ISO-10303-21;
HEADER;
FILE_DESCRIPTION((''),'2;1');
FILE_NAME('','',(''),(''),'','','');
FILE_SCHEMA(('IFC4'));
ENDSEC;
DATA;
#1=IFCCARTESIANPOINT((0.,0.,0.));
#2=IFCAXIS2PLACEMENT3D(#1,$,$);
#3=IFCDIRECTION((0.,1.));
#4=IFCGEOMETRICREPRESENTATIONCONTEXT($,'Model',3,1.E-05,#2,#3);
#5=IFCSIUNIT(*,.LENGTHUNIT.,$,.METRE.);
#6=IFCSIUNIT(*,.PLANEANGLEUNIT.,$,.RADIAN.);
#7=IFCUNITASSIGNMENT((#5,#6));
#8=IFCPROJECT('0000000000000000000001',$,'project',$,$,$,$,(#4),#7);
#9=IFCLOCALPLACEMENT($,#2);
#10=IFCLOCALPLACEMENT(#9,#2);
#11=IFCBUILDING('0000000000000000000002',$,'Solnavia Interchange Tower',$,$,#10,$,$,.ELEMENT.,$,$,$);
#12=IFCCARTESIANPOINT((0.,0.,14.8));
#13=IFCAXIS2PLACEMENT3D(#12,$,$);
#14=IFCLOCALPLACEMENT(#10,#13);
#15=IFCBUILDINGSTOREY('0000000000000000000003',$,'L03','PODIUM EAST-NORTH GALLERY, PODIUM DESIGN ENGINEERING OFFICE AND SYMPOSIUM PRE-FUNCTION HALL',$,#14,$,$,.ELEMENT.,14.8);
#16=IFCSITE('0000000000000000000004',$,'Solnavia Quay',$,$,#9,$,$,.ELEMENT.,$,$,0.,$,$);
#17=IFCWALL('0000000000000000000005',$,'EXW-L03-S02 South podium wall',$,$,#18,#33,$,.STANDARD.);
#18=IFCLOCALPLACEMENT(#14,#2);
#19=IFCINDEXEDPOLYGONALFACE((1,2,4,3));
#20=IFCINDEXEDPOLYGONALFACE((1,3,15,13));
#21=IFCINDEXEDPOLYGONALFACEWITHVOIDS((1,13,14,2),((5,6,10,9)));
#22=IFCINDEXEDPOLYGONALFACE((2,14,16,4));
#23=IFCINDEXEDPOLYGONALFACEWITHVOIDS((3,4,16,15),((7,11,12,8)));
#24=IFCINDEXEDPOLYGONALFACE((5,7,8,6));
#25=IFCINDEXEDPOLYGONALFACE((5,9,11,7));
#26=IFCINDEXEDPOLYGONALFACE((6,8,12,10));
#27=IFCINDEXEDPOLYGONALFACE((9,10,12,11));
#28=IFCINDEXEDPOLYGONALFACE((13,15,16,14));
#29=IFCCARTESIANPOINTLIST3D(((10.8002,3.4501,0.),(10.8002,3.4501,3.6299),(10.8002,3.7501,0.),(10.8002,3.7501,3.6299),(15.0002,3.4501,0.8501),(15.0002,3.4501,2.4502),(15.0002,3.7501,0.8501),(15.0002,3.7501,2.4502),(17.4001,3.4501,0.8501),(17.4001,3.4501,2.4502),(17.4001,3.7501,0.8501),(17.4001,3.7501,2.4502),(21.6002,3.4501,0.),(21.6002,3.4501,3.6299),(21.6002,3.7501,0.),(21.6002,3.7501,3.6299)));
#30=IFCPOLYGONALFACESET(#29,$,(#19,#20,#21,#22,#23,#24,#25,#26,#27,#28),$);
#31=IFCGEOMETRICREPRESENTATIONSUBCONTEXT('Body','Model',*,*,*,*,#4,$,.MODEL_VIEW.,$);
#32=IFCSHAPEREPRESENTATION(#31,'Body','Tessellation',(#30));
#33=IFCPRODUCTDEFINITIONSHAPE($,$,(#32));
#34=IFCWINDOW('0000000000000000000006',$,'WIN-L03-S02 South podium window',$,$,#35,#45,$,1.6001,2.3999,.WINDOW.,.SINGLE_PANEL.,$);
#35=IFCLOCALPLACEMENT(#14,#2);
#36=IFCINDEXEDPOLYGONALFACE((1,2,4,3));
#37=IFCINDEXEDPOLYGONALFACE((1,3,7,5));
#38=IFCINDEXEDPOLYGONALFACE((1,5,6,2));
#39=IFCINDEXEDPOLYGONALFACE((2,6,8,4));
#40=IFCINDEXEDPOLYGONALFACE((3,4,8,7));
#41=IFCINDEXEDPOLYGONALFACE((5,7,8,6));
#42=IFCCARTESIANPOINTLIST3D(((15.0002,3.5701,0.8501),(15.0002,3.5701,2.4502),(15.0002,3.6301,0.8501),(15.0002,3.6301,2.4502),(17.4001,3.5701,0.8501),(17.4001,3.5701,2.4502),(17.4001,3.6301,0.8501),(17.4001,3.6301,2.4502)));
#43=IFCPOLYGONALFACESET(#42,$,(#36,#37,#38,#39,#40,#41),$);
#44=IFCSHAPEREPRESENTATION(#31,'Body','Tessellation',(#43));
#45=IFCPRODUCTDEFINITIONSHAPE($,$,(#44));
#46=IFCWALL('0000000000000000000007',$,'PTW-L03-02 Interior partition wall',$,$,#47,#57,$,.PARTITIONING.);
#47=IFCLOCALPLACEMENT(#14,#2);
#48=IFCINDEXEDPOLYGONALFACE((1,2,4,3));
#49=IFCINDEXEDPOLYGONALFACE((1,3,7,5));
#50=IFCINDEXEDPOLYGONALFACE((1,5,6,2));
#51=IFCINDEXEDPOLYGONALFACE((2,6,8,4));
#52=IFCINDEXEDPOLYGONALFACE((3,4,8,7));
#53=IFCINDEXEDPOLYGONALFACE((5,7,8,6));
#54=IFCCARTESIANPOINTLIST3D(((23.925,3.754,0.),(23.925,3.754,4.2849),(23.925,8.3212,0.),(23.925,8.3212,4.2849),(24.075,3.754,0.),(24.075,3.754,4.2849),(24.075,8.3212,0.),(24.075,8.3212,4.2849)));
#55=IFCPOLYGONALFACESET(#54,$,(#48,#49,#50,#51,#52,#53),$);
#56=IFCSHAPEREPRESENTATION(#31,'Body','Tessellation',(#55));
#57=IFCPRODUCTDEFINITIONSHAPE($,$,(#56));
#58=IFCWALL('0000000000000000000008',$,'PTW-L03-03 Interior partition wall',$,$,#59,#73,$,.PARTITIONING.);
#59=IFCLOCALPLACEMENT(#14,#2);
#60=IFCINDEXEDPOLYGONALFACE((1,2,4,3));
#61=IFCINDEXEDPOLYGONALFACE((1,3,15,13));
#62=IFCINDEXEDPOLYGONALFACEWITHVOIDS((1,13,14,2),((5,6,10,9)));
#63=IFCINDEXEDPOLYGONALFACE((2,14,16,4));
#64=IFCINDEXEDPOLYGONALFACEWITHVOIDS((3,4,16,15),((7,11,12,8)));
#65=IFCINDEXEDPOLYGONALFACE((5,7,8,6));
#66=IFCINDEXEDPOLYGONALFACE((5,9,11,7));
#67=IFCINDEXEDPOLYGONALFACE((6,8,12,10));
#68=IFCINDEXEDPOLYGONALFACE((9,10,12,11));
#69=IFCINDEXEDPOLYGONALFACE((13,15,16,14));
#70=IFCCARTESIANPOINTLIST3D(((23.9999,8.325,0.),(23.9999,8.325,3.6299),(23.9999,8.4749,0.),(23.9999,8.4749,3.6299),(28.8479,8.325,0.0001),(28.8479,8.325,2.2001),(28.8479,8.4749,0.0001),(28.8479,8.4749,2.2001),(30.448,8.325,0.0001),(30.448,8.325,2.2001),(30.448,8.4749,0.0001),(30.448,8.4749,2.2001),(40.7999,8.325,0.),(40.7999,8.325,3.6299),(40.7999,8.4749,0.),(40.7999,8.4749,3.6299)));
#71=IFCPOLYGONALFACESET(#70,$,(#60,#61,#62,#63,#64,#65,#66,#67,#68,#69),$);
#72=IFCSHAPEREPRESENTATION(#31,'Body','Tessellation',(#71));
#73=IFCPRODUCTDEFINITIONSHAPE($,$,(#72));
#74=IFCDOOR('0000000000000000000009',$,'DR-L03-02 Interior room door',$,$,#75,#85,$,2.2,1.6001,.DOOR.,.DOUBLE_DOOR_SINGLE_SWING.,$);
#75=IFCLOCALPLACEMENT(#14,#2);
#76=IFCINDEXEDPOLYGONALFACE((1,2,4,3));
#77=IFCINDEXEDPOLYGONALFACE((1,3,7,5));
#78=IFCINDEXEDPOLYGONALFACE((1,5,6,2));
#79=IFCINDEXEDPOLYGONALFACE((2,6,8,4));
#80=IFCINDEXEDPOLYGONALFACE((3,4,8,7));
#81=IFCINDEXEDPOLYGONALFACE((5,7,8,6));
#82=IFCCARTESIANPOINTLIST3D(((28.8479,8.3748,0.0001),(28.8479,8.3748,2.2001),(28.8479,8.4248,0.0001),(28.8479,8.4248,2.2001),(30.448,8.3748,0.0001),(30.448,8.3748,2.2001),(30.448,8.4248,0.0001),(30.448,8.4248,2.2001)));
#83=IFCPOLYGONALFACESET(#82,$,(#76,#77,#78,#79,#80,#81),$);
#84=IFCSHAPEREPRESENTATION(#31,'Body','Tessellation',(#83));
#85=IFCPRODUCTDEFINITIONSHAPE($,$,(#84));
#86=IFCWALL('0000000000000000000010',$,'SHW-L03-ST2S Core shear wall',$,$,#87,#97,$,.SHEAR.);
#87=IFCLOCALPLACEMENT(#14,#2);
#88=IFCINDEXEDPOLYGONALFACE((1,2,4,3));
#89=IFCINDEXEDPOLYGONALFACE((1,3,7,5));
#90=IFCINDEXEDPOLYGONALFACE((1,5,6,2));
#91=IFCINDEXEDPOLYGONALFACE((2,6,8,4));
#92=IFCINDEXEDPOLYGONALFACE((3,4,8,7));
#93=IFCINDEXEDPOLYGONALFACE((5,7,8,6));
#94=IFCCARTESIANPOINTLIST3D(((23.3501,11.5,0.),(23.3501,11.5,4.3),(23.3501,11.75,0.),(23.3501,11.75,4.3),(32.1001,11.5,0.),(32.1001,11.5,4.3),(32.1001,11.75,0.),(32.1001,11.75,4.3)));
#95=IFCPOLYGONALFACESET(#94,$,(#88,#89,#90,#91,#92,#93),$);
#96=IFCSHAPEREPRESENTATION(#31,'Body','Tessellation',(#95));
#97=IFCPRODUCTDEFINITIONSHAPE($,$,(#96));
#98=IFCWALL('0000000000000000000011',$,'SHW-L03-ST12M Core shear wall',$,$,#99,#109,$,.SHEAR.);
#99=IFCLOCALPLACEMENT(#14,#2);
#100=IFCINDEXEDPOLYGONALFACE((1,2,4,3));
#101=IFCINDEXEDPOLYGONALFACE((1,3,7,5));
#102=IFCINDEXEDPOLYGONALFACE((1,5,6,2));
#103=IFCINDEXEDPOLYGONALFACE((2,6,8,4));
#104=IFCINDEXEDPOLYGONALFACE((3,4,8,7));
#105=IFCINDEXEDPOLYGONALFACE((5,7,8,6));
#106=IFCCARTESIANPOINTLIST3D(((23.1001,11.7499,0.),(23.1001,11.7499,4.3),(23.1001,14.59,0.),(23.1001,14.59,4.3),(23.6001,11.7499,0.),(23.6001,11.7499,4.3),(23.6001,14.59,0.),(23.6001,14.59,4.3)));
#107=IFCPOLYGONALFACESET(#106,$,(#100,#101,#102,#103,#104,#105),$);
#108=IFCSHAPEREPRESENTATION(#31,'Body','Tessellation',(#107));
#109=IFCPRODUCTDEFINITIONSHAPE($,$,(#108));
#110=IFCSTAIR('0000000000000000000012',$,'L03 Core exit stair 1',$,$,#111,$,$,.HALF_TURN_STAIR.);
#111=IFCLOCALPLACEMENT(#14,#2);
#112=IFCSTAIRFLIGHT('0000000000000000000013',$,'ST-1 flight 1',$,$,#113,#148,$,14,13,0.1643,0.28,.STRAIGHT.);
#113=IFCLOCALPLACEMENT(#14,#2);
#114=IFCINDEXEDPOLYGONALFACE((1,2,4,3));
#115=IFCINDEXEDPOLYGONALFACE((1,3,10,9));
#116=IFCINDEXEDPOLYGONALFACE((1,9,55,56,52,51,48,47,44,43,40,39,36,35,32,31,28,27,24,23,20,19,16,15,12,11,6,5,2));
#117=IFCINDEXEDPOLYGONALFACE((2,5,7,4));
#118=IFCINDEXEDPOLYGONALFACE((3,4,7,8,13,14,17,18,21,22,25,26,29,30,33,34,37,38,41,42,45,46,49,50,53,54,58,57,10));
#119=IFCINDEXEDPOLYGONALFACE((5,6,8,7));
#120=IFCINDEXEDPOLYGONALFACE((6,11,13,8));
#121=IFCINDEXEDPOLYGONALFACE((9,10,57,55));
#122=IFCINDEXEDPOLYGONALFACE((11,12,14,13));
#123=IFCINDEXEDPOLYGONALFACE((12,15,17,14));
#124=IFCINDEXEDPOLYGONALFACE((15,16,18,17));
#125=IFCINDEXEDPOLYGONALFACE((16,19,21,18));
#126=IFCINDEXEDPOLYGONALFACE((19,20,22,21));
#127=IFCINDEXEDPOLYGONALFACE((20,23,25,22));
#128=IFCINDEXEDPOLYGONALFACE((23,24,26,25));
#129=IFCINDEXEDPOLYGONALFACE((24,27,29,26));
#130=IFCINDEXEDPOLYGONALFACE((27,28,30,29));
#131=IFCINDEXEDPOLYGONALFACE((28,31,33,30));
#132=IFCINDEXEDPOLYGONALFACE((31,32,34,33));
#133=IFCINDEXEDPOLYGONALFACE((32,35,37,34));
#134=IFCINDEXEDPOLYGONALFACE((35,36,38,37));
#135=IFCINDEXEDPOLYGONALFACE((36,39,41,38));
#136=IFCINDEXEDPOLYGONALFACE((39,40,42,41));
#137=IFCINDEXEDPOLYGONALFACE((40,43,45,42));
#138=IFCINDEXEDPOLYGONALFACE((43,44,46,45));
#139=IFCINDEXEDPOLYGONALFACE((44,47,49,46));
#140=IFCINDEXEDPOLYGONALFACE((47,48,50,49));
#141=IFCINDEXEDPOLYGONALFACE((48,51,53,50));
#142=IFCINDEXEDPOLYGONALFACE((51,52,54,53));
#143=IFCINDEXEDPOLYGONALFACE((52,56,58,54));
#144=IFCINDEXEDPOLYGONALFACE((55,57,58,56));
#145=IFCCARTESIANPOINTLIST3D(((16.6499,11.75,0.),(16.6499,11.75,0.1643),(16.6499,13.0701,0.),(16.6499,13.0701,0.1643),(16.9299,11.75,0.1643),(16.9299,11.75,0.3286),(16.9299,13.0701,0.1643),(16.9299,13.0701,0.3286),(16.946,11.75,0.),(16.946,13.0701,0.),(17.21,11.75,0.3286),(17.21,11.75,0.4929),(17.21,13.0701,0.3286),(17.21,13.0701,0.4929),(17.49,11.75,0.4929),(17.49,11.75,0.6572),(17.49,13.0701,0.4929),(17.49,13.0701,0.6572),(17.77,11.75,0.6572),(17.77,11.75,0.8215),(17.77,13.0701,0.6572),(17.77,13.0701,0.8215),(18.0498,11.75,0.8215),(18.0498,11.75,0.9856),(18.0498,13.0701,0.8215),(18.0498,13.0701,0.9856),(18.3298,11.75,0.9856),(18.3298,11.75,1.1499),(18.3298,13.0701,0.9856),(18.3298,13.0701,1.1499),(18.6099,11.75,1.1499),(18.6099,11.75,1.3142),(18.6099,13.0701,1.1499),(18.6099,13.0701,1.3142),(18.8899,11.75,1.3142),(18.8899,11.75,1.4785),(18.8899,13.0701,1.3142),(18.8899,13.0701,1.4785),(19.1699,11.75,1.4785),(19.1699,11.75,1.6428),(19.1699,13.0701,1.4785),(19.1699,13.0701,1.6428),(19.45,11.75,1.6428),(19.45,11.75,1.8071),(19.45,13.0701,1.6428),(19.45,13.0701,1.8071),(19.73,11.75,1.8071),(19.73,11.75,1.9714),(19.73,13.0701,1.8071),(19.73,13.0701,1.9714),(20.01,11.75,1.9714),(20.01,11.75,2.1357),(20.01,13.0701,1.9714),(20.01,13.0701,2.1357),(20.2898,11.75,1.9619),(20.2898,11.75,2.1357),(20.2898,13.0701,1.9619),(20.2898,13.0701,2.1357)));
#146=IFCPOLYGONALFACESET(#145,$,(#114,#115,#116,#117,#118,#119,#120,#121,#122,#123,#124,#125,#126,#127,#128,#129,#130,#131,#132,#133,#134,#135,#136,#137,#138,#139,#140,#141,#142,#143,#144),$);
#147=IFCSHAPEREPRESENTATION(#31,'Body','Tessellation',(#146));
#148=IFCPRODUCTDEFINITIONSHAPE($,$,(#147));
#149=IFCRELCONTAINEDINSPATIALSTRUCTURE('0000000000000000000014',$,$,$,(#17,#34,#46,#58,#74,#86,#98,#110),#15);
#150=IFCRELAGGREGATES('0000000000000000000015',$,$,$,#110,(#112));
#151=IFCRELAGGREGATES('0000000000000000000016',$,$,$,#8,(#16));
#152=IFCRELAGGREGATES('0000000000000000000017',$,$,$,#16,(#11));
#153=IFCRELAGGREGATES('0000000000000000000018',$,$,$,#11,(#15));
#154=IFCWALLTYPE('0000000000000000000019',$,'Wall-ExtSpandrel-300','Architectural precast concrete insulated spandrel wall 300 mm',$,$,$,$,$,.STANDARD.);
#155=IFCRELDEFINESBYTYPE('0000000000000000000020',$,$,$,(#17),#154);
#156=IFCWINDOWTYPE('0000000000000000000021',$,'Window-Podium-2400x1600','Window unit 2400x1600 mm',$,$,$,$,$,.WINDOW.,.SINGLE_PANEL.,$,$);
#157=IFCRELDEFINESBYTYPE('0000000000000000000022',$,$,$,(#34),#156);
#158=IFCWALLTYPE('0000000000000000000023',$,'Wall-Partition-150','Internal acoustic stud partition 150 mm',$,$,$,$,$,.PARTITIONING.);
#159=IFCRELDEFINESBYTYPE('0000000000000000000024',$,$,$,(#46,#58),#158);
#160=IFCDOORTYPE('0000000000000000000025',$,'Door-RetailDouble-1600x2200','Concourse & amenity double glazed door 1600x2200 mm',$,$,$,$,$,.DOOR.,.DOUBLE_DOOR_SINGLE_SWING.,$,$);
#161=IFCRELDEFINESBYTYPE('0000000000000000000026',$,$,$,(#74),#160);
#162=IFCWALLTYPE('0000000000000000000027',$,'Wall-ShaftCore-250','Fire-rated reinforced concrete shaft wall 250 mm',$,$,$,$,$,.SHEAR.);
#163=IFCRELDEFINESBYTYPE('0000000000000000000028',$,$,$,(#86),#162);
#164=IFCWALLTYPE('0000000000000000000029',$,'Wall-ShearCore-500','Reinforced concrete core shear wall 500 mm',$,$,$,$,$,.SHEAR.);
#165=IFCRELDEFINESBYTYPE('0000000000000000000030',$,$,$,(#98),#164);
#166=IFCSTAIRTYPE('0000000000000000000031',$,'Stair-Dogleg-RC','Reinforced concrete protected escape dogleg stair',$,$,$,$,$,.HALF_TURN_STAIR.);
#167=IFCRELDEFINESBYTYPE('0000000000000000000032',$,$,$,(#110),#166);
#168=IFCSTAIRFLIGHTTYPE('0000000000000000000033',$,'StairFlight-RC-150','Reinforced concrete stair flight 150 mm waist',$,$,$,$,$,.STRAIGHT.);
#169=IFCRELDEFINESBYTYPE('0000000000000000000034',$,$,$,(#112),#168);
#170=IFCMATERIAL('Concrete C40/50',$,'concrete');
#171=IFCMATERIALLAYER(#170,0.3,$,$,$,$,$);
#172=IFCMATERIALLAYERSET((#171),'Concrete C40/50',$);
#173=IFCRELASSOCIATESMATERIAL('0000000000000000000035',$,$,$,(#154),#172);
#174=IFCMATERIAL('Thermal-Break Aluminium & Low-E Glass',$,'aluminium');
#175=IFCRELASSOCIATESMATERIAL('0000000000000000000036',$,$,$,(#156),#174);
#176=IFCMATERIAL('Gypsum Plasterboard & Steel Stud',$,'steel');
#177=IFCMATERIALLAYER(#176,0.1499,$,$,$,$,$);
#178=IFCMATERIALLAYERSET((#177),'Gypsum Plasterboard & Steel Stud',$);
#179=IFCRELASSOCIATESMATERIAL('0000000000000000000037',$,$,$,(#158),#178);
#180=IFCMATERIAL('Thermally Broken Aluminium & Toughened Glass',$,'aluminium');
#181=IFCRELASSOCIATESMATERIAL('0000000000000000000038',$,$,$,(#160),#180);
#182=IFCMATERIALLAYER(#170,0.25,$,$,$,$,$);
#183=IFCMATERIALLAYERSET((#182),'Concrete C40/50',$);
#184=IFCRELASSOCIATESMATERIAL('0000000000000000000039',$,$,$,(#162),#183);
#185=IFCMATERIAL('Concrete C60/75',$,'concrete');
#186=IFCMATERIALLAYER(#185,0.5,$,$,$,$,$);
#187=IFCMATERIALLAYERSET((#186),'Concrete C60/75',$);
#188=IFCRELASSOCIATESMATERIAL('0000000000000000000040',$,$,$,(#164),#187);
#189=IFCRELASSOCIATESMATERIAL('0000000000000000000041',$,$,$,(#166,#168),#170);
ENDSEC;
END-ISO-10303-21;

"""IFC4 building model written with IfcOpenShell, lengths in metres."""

from ifc_helpers import new_model, si_unit, direction, frame, frame_2d, origin, place, context, subcontext, project, spatial, polyline, rectangle, outline, extrude, material, layer, layer_set, type_object, element, fill, aggregate, save


model = new_model("IFC4")

# Units and contexts
model_context = context("Model", 3, precision=1e-05, world=origin(), true_north=direction((0.0, 1.0)))
body_context = subcontext(model_context, "Body", "Model", "MODEL_VIEW")
ifc_project = project(units=[si_unit("LENGTHUNIT", "METRE"), si_unit("PLANEANGLEUNIT", "RADIAN")], contexts=[model_context])

# Site, building, storey
site_placement = place(None, origin())
site = spatial("IfcSite", under=ifc_project, at=site_placement, Name="Solnavia Quay", CompositionType="ELEMENT", RefElevation=0.0)
building_placement = place(site_placement, origin())
building = spatial("IfcBuilding", under=site, at=building_placement, Name="Solnavia Interchange Tower", CompositionType="ELEMENT")
storey_placement = place(building_placement, frame((0.0, 0.0, 14.8)))
storey = spatial("IfcBuildingStorey", under=building, at=storey_placement, Name="L03", Description="PODIUM EAST-NORTH GALLERY, PODIUM DESIGN ENGINEERING OFFICE AND SYMPOSIUM PRE-FUNCTION HALL", CompositionType="ELEMENT", Elevation=14.8)

# Shared definitions
ifc_material_1 = material(Name="Concrete C60/75", Category="concrete")

# Wall, opening, window
ifc_material_2 = material(Name="Concrete C40/50", Category="concrete")
ifc_layer_1 = layer(ifc_material_2, 0.3)
ifc_layer_set_1 = layer_set([ifc_layer_1], Name="Concrete C40/50")
wall_type_1 = type_object("IfcWallType", Name="Wall-ExtSpandrel-300", Description="Architectural precast concrete insulated spandrel wall 300 mm", PredefinedType="STANDARD", material=ifc_layer_set_1)
wall_1_placement = place(storey_placement, frame((21.6001, 3.6001, 0.0), z_axis=(0.0, 0.0, 1.0), x_axis=(-1.0, 0.0, 0.0)))
wall_1 = element("IfcWall", 1, at=wall_1_placement, inside=storey, type_object=wall_type_1, Name="EXW-L03-S02 South podium wall", PredefinedType="STANDARD", context=body_context, shape_type="SweptSolid", body=[
    extrude(rectangle(XDim=10.8, YDim=0.3, at=frame_2d((5.3999, 0.0))), origin(), (0.0, 0.0, 1.0), 3.6299),
])
opening_1_placement = place(wall_1_placement, frame((4.2, 0.0, 0.8501)))
opening_1 = element("IfcOpeningElement", 2, at=opening_1_placement, cuts=wall_1, PredefinedType="OPENING", context=body_context, shape_type="SweptSolid", body=[
    extrude(rectangle(XDim=2.3999, YDim=1.6001, at=frame_2d((1.2, 0.8))), frame((0.0, 0.1602, 0.0), z_axis=(0.0, -1.0, 0.0), x_axis=(1.0, 0.0, 0.0)), (0.0, 0.0, 1.0), 0.3201),
])
ifc_material_3 = material(Name="Thermal-Break Aluminium & Low-E Glass", Category="aluminium")
window_type = type_object("IfcWindowType", Name="Window-Podium-2400x1600", Description="Window unit 2400x1600 mm", PartitioningType="SINGLE_PANEL", PredefinedType="WINDOW", material=ifc_material_3)
window_placement = place(opening_1_placement, origin())
window = element("IfcWindow", 3, at=window_placement, inside=storey, type_object=window_type, Name="WIN-L03-S02 South podium window", OverallHeight=1.6001, OverallWidth=2.3999, PartitioningType="SINGLE_PANEL", PredefinedType="WINDOW", context=body_context, shape_type="SweptSolid", body=[
    extrude(rectangle(XDim=2.3999, YDim=1.6001, at=frame_2d((1.2, 0.8))), frame((0.0, 0.03, 0.0), z_axis=(0.0, -1.0, 0.0), x_axis=(1.0, 0.0, 0.0)), (0.0, 0.0, 1.0), 0.0601),
])
fill(opening_1, window)

# Wall
ifc_material_4 = material(Name="Gypsum Plasterboard & Steel Stud", Category="steel")
ifc_layer_2 = layer(ifc_material_4, 0.1499)
ifc_layer_set_2 = layer_set([ifc_layer_2], Name="Gypsum Plasterboard & Steel Stud")
wall_type_2 = type_object("IfcWallType", Name="Wall-Partition-150", Description="Internal acoustic stud partition 150 mm", PredefinedType="PARTITIONING", material=ifc_layer_set_2)
wall_2_placement = place(storey_placement, frame((24.0, 3.7539, 0.0), z_axis=(0.0, 0.0, 1.0), x_axis=(0.0, 1.0, 0.0)))
element("IfcWall", 4, at=wall_2_placement, inside=storey, type_object=wall_type_2, Name="PTW-L03-02 Interior partition wall", PredefinedType="PARTITIONING", context=body_context, shape_type="SweptSolid", body=[
    extrude(rectangle(XDim=4.5671, YDim=0.1499, at=frame_2d((2.2837, 0.0))), origin(), (0.0, 0.0, 1.0), 4.2849),
])

# Wall, opening, door
wall_3_placement = place(storey_placement, frame((24.0, 8.3999, 0.0), z_axis=(0.0, 0.0, 1.0), x_axis=(1.0, 0.0, 0.0)))
wall_3 = element("IfcWall", 5, at=wall_3_placement, inside=storey, type_object=wall_type_2, Name="PTW-L03-03 Interior partition wall", PredefinedType="PARTITIONING", context=body_context, shape_type="SweptSolid", body=[
    extrude(rectangle(XDim=16.8, YDim=0.1499, at=frame_2d((8.3999, 0.0))), origin(), (0.0, 0.0, 1.0), 3.6299),
])
opening_2_placement = place(wall_3_placement, frame((4.8479, 0.0, 0.0)))
opening_2 = element("IfcOpeningElement", 6, at=opening_2_placement, cuts=wall_3, PredefinedType="OPENING", context=body_context, shape_type="SweptSolid", body=[
    extrude(rectangle(XDim=1.6001, YDim=2.2, at=frame_2d((0.8, 1.1001))), frame((0.0, 0.085, 0.0), z_axis=(0.0, -1.0, 0.0), x_axis=(1.0, 0.0, 0.0)), (0.0, 0.0, 1.0), 0.1699),
])
ifc_material_5 = material(Name="Thermally Broken Aluminium & Toughened Glass", Category="aluminium")
door_type = type_object("IfcDoorType", Name="Door-RetailDouble-1600x2200", Description="Concourse & amenity double glazed door 1600x2200 mm", OperationType="DOUBLE_DOOR_SINGLE_SWING", PredefinedType="DOOR", material=ifc_material_5)
door_placement = place(opening_2_placement, origin())
door = element("IfcDoor", 7, at=door_placement, inside=storey, type_object=door_type, Name="DR-L03-02 Interior room door", OperationType="DOUBLE_DOOR_SINGLE_SWING", OverallHeight=2.2, OverallWidth=1.6001, PredefinedType="DOOR", context=body_context, shape_type="SweptSolid", body=[
    extrude(rectangle(XDim=1.6001, YDim=2.2, at=frame_2d((0.8, 1.1001))), frame((0.0, 0.0249, 0.0), z_axis=(0.0, -1.0, 0.0), x_axis=(1.0, 0.0, 0.0)), (0.0, 0.0, 1.0), 0.05),
])
fill(opening_2, door)

# Walls
ifc_layer_3 = layer(ifc_material_2, 0.25)
ifc_layer_set_3 = layer_set([ifc_layer_3], Name="Concrete C40/50")
wall_type_3 = type_object("IfcWallType", Name="Wall-ShaftCore-250", Description="Fire-rated reinforced concrete shaft wall 250 mm", PredefinedType="SHEAR", material=ifc_layer_set_3)
wall_4_placement = place(storey_placement, frame((23.3501, 11.625, 0.0), z_axis=(0.0, 0.0, 1.0), x_axis=(1.0, 0.0, 0.0)))
element("IfcWall", 8, at=wall_4_placement, inside=storey, type_object=wall_type_3, Name="SHW-L03-ST2S Core shear wall", PredefinedType="SHEAR", context=body_context, shape_type="SweptSolid", body=[
    extrude(rectangle(XDim=8.75, YDim=0.25, at=frame_2d((4.375, 0.0))), origin(), (0.0, 0.0, 1.0), 4.3),
])
ifc_layer_4 = layer(ifc_material_1, 0.5)
ifc_layer_set_4 = layer_set([ifc_layer_4], Name="Concrete C60/75")
wall_type_4 = type_object("IfcWallType", Name="Wall-ShearCore-500", Description="Reinforced concrete core shear wall 500 mm", PredefinedType="SHEAR", material=ifc_layer_set_4)
wall_5_placement = place(storey_placement, frame((23.3501, 11.75, 0.0), z_axis=(0.0, 0.0, 1.0), x_axis=(0.0, 1.0, 0.0)))
element("IfcWall", 9, at=wall_5_placement, inside=storey, type_object=wall_type_4, Name="SHW-L03-ST12M Core shear wall", PredefinedType="SHEAR", context=body_context, shape_type="SweptSolid", body=[
    extrude(rectangle(XDim=2.8401, YDim=0.5, at=frame_2d((1.4199, 0.0))), origin(), (0.0, 0.0, 1.0), 4.3),
])

# Stair, stair flight
stair_type = type_object("IfcStairType", Name="Stair-Dogleg-RC", Description="Reinforced concrete protected escape dogleg stair", PredefinedType="HALF_TURN_STAIR", material=ifc_material_2)
stair_1_placement = place(storey_placement, origin())
stair_1 = element("IfcStair", 10, at=stair_1_placement, inside=storey, type_object=stair_type, Name="L03 Core exit stair 1", PredefinedType="HALF_TURN_STAIR")
stair_flight_type = type_object("IfcStairFlightType", Name="StairFlight-RC-150", Description="Reinforced concrete stair flight 150 mm waist", PredefinedType="STRAIGHT", material=ifc_material_2)
stair_flight_1_placement = place(storey_placement, frame((16.6499, 12.4099, 0.0), z_axis=(0.0, 0.0, 1.0), x_axis=(1.0, 0.0, 0.0)))
stair_flight_1 = element("IfcStairFlight", 11, at=stair_flight_1_placement, type_object=stair_flight_type, Name="ST-1 flight 1", NumberOfRisers=14, NumberOfTreads=13, PredefinedType="STRAIGHT", RiserHeight=0.1643, TreadLength=0.28, context=body_context, shape_type="SweptSolid", body=[
    extrude(outline(polyline([(0.0, 0.0), (0.0, 0.1643), (0.28, 0.1643), (0.28, 0.3286), (0.5601, 0.3286), (0.5601, 0.4929), (0.8401, 0.4929), (0.8401, 0.6572), (1.1201, 0.6572), (1.1201, 0.8215), (1.3999, 0.8215), (1.3999, 0.9856), (1.6799, 0.9856), (1.6799, 1.1499), (1.96, 1.1499), (1.96, 1.3142), (2.24, 1.3142), (2.24, 1.4785), (2.52, 1.4785), (2.52, 1.6428), (2.8, 1.6428), (2.8, 1.8071), (3.0801, 1.8071), (3.0801, 1.9714), (3.3601, 1.9714), (3.3601, 2.1357), (3.6399, 2.1357), (3.6399, 2.3), (3.6399, 1.9619), (0.2961, 0.0), (0.0, 0.0)])), frame((0.0, 0.6602, 0.0), z_axis=(0.0, -1.0, 0.0), x_axis=(1.0, 0.0, 0.0)), (0.0, 0.0, 1.0), 1.3201),
])
aggregate(stair_1, [stair_flight_1])

save(model, "model.ifc")
